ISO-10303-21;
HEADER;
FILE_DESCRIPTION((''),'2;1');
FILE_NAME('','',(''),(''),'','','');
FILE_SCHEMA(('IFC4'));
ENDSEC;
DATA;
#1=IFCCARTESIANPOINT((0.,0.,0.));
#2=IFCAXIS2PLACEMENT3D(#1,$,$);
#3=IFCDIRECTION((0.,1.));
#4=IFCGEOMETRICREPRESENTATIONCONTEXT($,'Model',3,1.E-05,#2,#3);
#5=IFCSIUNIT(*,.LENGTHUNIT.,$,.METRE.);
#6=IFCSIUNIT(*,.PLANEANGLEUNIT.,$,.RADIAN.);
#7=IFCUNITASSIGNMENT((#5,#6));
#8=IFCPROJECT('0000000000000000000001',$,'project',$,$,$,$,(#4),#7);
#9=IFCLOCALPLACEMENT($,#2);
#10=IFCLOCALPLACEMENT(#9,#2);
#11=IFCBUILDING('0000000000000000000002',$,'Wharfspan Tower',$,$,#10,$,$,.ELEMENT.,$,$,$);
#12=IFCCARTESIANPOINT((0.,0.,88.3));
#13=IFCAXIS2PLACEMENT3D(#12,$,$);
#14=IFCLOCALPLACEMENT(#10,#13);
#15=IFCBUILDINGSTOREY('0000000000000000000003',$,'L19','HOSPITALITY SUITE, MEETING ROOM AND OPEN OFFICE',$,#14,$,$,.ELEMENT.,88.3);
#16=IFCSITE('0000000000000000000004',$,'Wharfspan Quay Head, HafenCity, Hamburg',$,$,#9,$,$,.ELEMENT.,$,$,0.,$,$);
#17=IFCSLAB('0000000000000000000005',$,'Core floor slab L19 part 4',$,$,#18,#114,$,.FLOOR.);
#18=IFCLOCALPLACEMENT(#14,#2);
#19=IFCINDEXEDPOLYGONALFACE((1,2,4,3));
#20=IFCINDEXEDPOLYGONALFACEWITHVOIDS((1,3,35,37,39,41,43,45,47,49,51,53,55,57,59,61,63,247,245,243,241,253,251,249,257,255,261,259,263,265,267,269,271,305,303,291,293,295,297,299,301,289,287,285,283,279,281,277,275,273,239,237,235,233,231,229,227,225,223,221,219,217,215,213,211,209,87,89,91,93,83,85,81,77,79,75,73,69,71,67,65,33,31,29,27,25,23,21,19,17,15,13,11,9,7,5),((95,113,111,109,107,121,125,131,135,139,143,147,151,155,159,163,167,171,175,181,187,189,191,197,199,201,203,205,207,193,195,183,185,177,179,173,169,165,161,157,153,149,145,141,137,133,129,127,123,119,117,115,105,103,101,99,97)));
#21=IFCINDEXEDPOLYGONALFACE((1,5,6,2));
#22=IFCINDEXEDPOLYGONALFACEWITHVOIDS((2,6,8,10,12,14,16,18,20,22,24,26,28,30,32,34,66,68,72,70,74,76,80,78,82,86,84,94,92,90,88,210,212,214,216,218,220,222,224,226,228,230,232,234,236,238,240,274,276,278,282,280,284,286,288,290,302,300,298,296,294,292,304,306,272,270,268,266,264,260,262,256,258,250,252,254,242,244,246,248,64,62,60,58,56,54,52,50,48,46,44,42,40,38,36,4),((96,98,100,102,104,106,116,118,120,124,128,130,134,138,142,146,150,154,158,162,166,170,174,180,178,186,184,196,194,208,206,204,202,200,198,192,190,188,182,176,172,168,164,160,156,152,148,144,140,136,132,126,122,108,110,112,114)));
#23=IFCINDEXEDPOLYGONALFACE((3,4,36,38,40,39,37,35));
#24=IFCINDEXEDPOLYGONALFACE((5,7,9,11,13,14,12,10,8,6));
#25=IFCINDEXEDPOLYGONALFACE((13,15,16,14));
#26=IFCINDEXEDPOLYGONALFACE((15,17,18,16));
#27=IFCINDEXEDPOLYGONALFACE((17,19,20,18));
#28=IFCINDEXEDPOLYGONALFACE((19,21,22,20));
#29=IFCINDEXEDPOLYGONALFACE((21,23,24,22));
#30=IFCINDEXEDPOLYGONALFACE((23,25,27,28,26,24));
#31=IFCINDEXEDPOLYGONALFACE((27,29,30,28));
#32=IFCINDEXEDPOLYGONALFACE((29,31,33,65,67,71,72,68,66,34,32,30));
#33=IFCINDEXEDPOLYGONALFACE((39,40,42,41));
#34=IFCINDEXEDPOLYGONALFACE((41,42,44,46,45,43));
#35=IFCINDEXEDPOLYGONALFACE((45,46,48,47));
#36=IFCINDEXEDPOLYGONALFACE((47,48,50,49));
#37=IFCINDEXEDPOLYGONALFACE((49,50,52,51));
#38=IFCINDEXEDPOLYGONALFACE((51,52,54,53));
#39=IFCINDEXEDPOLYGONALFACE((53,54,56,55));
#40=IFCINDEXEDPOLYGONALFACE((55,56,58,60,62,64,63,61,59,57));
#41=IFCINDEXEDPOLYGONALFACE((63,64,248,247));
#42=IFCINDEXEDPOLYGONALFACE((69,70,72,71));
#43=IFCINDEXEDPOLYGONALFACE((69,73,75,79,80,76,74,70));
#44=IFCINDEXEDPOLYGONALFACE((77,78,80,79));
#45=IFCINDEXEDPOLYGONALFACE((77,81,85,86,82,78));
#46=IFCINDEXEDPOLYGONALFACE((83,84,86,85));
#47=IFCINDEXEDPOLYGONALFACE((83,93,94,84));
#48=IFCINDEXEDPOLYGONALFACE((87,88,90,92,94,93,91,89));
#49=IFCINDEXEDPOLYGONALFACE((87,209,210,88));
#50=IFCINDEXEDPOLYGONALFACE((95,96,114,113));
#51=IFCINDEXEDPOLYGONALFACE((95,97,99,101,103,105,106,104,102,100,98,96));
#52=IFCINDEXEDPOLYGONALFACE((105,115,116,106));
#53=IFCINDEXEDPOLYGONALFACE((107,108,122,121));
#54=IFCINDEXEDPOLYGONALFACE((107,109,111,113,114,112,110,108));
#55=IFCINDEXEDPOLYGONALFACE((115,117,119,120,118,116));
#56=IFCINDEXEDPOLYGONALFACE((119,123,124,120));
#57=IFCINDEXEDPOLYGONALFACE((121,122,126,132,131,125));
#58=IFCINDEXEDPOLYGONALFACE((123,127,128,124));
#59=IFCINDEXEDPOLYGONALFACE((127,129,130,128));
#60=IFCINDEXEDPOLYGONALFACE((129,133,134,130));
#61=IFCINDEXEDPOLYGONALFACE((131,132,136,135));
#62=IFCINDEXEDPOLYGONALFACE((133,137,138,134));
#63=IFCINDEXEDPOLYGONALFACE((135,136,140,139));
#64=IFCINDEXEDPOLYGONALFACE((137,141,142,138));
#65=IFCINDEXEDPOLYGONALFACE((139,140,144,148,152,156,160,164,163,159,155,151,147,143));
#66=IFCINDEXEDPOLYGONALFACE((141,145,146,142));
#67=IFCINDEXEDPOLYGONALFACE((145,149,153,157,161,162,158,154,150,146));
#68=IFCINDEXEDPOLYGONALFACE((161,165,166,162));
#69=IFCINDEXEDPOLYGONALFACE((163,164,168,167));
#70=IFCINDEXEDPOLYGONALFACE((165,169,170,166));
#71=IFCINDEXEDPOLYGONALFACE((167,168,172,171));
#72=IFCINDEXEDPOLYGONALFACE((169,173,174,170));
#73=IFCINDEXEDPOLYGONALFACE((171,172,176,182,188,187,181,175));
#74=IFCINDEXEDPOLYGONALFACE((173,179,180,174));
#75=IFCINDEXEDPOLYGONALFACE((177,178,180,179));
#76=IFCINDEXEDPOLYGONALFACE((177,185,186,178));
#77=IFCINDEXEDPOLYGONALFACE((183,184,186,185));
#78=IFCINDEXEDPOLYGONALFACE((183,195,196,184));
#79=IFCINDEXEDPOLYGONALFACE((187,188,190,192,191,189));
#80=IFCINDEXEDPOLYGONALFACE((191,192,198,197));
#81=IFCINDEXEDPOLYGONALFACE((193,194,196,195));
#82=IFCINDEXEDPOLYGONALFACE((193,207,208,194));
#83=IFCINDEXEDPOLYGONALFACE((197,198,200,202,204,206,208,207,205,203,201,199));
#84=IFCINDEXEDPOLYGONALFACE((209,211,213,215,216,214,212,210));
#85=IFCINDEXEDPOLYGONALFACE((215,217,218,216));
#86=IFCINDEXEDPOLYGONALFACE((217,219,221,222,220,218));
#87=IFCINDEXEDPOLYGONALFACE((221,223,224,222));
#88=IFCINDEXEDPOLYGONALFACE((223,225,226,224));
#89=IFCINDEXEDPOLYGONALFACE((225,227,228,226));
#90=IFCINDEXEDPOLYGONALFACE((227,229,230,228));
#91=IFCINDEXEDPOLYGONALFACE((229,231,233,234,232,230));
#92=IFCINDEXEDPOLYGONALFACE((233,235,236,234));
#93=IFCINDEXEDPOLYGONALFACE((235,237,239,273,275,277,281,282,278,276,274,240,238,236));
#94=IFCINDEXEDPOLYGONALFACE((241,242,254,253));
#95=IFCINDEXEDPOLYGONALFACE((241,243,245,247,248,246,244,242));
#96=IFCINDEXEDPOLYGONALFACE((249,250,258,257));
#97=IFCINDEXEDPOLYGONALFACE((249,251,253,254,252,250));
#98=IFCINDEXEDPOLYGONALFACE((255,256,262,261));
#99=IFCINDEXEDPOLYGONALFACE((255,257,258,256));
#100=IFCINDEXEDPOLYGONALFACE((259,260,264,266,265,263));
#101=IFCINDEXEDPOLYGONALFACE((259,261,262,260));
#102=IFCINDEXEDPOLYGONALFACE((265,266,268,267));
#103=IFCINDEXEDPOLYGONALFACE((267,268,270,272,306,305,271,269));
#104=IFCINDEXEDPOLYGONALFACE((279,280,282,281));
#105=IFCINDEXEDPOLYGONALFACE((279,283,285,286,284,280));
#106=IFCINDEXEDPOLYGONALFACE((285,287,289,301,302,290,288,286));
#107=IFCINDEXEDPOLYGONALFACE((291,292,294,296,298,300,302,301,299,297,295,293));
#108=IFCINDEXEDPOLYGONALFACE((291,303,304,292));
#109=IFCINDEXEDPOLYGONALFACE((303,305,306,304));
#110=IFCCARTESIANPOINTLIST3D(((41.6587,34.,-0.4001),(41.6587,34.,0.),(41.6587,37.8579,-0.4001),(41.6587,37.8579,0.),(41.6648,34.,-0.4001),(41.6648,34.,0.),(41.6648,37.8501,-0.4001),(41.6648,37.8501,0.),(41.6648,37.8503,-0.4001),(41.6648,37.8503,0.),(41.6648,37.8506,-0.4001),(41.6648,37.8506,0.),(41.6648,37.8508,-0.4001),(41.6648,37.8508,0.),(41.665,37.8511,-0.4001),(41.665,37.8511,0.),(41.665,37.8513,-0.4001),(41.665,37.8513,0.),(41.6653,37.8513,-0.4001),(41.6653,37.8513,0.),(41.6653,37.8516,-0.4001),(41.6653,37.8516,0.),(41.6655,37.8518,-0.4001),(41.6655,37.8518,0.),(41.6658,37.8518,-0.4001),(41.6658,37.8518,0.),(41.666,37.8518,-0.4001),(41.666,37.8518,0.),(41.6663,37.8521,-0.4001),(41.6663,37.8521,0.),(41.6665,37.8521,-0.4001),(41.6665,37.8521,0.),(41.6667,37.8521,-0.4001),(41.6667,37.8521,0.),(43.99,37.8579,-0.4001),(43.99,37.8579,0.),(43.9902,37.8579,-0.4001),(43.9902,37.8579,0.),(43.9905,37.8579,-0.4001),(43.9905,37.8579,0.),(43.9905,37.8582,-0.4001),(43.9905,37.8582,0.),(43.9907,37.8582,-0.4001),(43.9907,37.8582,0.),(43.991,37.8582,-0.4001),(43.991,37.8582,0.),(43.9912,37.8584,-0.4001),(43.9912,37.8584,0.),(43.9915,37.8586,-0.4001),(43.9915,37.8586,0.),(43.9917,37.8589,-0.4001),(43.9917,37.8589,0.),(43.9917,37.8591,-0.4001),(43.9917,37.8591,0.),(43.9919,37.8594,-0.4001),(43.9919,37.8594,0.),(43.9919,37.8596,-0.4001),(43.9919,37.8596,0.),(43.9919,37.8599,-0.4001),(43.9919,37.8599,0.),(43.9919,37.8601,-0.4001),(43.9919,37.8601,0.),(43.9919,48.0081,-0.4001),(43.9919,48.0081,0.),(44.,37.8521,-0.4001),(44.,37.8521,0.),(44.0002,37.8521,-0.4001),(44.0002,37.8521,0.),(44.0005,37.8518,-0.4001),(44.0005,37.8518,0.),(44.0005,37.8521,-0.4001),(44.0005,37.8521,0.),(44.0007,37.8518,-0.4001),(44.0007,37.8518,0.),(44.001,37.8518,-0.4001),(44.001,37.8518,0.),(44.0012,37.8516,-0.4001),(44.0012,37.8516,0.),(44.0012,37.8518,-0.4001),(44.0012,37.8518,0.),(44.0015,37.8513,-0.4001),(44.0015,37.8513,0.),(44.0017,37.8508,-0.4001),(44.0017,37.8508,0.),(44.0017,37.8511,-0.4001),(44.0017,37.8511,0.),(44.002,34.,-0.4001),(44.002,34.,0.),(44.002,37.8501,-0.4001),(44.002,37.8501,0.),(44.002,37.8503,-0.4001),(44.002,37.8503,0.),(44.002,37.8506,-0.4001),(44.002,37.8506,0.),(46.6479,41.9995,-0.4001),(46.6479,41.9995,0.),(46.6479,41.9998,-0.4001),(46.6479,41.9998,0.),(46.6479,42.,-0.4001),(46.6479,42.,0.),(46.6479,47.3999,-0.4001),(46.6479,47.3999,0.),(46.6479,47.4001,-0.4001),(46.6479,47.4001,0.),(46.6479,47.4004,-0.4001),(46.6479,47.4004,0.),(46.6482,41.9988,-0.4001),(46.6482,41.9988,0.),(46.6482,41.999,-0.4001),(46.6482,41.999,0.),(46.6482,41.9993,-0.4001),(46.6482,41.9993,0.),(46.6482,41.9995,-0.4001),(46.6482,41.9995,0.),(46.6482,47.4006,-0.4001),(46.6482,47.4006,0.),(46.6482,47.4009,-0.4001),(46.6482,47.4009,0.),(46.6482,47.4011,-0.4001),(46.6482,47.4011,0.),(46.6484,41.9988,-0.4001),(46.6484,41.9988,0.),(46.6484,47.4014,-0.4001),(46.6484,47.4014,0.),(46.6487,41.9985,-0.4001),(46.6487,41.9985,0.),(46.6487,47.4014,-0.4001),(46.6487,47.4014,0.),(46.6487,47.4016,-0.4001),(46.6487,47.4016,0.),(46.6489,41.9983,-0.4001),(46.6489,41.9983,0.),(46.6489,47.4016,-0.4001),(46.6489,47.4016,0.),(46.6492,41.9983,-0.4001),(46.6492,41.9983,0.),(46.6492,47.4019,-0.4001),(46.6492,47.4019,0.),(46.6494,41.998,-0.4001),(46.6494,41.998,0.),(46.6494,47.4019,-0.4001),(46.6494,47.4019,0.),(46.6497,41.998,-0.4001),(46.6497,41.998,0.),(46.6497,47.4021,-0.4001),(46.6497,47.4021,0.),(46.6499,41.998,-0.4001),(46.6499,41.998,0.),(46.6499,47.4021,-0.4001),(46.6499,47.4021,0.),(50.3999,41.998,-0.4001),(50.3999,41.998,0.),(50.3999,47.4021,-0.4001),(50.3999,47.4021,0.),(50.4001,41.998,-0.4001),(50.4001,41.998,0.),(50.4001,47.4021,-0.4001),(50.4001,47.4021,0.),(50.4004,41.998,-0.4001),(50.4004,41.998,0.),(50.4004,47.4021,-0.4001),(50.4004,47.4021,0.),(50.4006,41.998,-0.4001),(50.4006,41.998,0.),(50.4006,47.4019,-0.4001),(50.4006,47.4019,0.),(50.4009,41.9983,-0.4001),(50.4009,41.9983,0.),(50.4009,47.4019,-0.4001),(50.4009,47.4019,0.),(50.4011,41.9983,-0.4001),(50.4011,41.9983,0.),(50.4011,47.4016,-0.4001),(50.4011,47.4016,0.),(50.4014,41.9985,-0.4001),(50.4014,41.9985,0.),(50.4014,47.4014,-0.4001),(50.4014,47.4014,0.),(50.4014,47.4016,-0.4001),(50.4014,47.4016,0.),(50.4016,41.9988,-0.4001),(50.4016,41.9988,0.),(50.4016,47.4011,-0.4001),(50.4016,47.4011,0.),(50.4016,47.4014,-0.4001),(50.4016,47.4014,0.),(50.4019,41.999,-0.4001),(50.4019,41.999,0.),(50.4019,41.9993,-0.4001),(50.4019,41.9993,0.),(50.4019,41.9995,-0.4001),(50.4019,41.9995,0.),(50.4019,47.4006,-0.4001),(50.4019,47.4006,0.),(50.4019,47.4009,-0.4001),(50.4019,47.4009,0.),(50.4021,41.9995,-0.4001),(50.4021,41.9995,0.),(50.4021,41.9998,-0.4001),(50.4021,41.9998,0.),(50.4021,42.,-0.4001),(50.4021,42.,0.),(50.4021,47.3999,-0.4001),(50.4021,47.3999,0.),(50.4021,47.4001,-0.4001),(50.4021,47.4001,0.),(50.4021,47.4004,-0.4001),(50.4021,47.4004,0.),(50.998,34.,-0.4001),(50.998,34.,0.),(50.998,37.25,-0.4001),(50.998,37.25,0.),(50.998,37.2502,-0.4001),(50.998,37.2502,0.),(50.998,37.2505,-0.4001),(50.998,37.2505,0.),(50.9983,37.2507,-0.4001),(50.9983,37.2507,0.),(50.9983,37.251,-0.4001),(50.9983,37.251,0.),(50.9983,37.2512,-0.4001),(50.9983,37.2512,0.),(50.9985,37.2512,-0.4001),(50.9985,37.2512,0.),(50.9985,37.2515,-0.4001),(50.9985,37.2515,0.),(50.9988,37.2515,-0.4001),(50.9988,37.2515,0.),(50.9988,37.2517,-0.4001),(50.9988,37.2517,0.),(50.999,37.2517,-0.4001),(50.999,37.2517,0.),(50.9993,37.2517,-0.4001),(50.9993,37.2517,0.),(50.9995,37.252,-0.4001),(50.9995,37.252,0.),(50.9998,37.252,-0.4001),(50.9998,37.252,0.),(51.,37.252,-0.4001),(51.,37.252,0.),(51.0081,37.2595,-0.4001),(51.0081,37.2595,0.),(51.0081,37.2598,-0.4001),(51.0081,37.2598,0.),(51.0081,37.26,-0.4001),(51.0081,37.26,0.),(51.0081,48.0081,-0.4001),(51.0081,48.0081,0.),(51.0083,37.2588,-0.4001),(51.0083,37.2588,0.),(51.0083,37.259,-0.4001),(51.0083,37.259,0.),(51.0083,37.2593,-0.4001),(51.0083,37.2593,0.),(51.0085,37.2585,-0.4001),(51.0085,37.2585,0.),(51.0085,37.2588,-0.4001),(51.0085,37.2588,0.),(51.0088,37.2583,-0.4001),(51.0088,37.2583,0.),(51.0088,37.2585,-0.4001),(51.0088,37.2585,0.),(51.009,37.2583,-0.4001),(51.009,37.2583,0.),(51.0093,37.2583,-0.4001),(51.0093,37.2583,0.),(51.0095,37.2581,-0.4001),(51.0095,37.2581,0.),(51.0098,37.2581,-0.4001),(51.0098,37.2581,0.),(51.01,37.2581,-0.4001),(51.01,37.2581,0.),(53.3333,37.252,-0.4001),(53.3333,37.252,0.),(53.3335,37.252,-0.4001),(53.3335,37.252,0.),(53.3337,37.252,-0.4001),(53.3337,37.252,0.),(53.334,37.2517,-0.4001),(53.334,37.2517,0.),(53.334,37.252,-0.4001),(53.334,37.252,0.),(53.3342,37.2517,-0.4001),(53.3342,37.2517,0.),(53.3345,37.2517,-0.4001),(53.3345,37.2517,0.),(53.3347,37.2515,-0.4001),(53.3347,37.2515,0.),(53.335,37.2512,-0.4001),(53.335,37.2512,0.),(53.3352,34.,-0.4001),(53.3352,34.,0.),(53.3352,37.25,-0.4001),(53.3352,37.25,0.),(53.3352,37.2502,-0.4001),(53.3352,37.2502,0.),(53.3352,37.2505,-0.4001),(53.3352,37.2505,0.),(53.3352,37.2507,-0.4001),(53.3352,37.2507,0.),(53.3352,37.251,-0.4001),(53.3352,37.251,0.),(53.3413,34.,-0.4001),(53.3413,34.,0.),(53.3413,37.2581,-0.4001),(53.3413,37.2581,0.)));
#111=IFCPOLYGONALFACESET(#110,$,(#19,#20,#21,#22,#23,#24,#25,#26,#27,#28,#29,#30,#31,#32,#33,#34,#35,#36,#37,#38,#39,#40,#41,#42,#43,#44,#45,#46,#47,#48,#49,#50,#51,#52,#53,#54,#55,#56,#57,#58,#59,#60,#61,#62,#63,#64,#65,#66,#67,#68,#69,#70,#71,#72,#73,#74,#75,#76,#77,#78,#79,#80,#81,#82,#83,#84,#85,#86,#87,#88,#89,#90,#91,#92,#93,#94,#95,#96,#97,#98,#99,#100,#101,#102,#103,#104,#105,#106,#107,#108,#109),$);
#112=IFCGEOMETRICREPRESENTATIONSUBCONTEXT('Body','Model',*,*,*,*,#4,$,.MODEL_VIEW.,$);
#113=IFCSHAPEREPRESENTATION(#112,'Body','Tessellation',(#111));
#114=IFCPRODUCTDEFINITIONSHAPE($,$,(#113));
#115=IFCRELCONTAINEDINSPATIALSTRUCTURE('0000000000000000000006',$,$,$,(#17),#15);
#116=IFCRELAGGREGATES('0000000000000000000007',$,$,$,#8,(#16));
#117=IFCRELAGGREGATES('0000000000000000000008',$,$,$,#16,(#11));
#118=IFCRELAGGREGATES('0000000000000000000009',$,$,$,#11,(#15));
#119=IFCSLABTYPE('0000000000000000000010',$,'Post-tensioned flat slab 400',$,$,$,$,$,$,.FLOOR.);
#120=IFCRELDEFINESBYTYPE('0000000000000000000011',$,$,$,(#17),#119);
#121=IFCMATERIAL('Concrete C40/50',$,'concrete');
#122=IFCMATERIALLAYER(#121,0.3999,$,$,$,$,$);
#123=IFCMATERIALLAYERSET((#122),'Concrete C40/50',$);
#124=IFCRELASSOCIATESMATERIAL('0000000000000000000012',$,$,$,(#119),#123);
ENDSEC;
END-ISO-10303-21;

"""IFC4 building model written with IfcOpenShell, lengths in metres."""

from ifc_helpers import new_model, si_unit, direction, frame, origin, place, context, subcontext, project, spatial, polyline, outline, extrude, material, layer, layer_set, type_object, element, save


model = new_model("IFC4")

# Units and contexts
model_context = context("Model", 3, precision=1e-05, world=origin(), true_north=direction((0.0, 1.0)))
body_context = subcontext(model_context, "Body", "Model", "MODEL_VIEW")
ifc_project = project(units=[si_unit("LENGTHUNIT", "METRE"), si_unit("PLANEANGLEUNIT", "RADIAN")], contexts=[model_context])

# Site, building, storey
site_placement = place(None, origin())
site = spatial("IfcSite", under=ifc_project, at=site_placement, Name="Wharfspan Quay Head, HafenCity, Hamburg", CompositionType="ELEMENT", RefElevation=0.0)
building_placement = place(site_placement, origin())
building = spatial("IfcBuilding", under=site, at=building_placement, Name="Wharfspan Tower", CompositionType="ELEMENT")
storey_placement = place(building_placement, frame((0.0, 0.0, 88.3)))
storey = spatial("IfcBuildingStorey", under=building, at=storey_placement, Name="L19", Description="HOSPITALITY SUITE, MEETING ROOM AND OPEN OFFICE", CompositionType="ELEMENT", Elevation=88.3)

# Slab
ifc_material_1 = material(Name="Concrete C40/50", Category="concrete")
ifc_layer_1 = layer(ifc_material_1, 0.3999)
ifc_layer_set_1 = layer_set([ifc_layer_1], Name="Concrete C40/50")
slab_type_1 = type_object("IfcSlabType", Name="Post-tensioned flat slab 400", PredefinedType="FLOOR", material=ifc_layer_set_1)
slab_1_placement = place(storey_placement, frame((0.0, 0.0, -0.4001)))
element("IfcSlab", 1, at=slab_1_placement, inside=storey, type_object=slab_type_1, Name="Core floor slab L19 part 4", PredefinedType="FLOOR", context=body_context, shape_type="SweptSolid", body=[
    extrude(outline(polyline([(53.3413, 34.0), (53.3413, 37.2581), (51.01, 37.2581), (51.0098, 37.2581), (51.0095, 37.2581), (51.0095, 37.2581), (51.0093, 37.2583), (51.009, 37.2583), (51.0088, 37.2583), (51.0088, 37.2585), (51.0085, 37.2585), (51.0085, 37.2588), (51.0083, 37.2588), (51.0083, 37.259), (51.0083, 37.2593), (51.0081, 37.2595), (51.0081, 37.2595), (51.0081, 37.2598), (51.0081, 37.26), (51.0081, 48.0081), (43.9919, 48.0081), (43.9919, 37.8601), (43.9919, 37.8599), (43.9919, 37.8596), (43.9919, 37.8594), (43.9917, 37.8591), (43.9917, 37.8591), (43.9917, 37.8589), (43.9915, 37.8586), (43.9915, 37.8586), (43.9912, 37.8584), (43.9912, 37.8584), (43.991, 37.8582), (43.9907, 37.8582), (43.9905, 37.8582), (43.9905, 37.8579), (43.9902, 37.8579), (43.99, 37.8579), (41.6587, 37.8579), (41.6587, 34.0), (41.6648, 34.0), (41.6648, 37.8501), (41.6648, 37.8501), (41.6648, 37.8503), (41.6648, 37.8506), (41.6648, 37.8508), (41.6648, 37.8508), (41.665, 37.8511), (41.665, 37.8513), (41.6653, 37.8513), (41.6653, 37.8516), (41.6655, 37.8518), (41.6658, 37.8518), (41.666, 37.8518), (41.666, 37.8518), (41.6663, 37.8521), (41.6665, 37.8521), (41.6667, 37.8521), (44.0, 37.8521), (44.0002, 37.8521), (44.0005, 37.8521), (44.0005, 37.8518), (44.0007, 37.8518), (44.001, 37.8518), (44.0012, 37.8518), (44.0012, 37.8516), (44.0015, 37.8513), (44.0015, 37.8513), (44.0017, 37.8511), (44.0017, 37.8508), (44.0017, 37.8508), (44.002, 37.8506), (44.002, 37.8503), (44.002, 37.8501), (44.002, 37.8501), (44.002, 34.0), (50.998, 34.0), (50.998, 37.25), (50.998, 37.2502), (50.998, 37.2505), (50.998, 37.2505), (50.9983, 37.2507), (50.9983, 37.251), (50.9983, 37.2512), (50.9985, 37.2512), (50.9985, 37.2515), (50.9988, 37.2515), (50.9988, 37.2517), (50.999, 37.2517), (50.9993, 37.2517), (50.9995, 37.252), (50.9995, 37.252), (50.9998, 37.252), (51.0, 37.252), (53.3333, 37.252), (53.3335, 37.252), (53.3337, 37.252), (53.334, 37.252), (53.334, 37.2517), (53.3342, 37.2517), (53.3345, 37.2517), (53.3347, 37.2515), (53.3347, 37.2515), (53.335, 37.2512), (53.335, 37.2512), (53.3352, 37.251), (53.3352, 37.2507), (53.3352, 37.2505), (53.3352, 37.2505), (53.3352, 37.2502), (53.3352, 37.25), (53.3352, 34.0), (53.3413, 34.0)]), holes=[polyline([(46.6499, 41.998), (46.6499, 41.998), (46.6497, 41.998), (46.6494, 41.998), (46.6492, 41.9983), (46.6492, 41.9983), (46.6489, 41.9983), (46.6487, 41.9985), (46.6487, 41.9985), (46.6484, 41.9988), (46.6482, 41.9988), (46.6482, 41.999), (46.6482, 41.9993), (46.6482, 41.9995), (46.6479, 41.9995), (46.6479, 41.9998), (46.6479, 42.0), (46.6479, 47.3999), (46.6479, 47.4001), (46.6479, 47.4004), (46.6482, 47.4006), (46.6482, 47.4009), (46.6482, 47.4009), (46.6482, 47.4011), (46.6484, 47.4014), (46.6487, 47.4014), (46.6487, 47.4016), (46.6489, 47.4016), (46.6492, 47.4019), (46.6492, 47.4019), (46.6494, 47.4019), (46.6497, 47.4021), (46.6499, 47.4021), (46.6499, 47.4021), (50.3999, 47.4021), (50.4001, 47.4021), (50.4004, 47.4021), (50.4006, 47.4019), (50.4009, 47.4019), (50.4009, 47.4019), (50.4011, 47.4016), (50.4014, 47.4016), (50.4014, 47.4014), (50.4016, 47.4014), (50.4016, 47.4011), (50.4019, 47.4009), (50.4019, 47.4009), (50.4019, 47.4006), (50.4021, 47.4004), (50.4021, 47.4001), (50.4021, 47.3999), (50.4021, 42.0), (50.4021, 41.9998), (50.4021, 41.9995), (50.4019, 41.9995), (50.4019, 41.9993), (50.4019, 41.999), (50.4016, 41.9988), (50.4016, 41.9988), (50.4014, 41.9985), (50.4014, 41.9985), (50.4011, 41.9983), (50.4009, 41.9983), (50.4009, 41.9983), (50.4006, 41.998), (50.4004, 41.998), (50.4001, 41.998), (50.3999, 41.998), (46.6499, 41.998)])]), origin(), (0.0, 0.0, 1.0), 0.4001),
])

save(model, "model.ifc")
